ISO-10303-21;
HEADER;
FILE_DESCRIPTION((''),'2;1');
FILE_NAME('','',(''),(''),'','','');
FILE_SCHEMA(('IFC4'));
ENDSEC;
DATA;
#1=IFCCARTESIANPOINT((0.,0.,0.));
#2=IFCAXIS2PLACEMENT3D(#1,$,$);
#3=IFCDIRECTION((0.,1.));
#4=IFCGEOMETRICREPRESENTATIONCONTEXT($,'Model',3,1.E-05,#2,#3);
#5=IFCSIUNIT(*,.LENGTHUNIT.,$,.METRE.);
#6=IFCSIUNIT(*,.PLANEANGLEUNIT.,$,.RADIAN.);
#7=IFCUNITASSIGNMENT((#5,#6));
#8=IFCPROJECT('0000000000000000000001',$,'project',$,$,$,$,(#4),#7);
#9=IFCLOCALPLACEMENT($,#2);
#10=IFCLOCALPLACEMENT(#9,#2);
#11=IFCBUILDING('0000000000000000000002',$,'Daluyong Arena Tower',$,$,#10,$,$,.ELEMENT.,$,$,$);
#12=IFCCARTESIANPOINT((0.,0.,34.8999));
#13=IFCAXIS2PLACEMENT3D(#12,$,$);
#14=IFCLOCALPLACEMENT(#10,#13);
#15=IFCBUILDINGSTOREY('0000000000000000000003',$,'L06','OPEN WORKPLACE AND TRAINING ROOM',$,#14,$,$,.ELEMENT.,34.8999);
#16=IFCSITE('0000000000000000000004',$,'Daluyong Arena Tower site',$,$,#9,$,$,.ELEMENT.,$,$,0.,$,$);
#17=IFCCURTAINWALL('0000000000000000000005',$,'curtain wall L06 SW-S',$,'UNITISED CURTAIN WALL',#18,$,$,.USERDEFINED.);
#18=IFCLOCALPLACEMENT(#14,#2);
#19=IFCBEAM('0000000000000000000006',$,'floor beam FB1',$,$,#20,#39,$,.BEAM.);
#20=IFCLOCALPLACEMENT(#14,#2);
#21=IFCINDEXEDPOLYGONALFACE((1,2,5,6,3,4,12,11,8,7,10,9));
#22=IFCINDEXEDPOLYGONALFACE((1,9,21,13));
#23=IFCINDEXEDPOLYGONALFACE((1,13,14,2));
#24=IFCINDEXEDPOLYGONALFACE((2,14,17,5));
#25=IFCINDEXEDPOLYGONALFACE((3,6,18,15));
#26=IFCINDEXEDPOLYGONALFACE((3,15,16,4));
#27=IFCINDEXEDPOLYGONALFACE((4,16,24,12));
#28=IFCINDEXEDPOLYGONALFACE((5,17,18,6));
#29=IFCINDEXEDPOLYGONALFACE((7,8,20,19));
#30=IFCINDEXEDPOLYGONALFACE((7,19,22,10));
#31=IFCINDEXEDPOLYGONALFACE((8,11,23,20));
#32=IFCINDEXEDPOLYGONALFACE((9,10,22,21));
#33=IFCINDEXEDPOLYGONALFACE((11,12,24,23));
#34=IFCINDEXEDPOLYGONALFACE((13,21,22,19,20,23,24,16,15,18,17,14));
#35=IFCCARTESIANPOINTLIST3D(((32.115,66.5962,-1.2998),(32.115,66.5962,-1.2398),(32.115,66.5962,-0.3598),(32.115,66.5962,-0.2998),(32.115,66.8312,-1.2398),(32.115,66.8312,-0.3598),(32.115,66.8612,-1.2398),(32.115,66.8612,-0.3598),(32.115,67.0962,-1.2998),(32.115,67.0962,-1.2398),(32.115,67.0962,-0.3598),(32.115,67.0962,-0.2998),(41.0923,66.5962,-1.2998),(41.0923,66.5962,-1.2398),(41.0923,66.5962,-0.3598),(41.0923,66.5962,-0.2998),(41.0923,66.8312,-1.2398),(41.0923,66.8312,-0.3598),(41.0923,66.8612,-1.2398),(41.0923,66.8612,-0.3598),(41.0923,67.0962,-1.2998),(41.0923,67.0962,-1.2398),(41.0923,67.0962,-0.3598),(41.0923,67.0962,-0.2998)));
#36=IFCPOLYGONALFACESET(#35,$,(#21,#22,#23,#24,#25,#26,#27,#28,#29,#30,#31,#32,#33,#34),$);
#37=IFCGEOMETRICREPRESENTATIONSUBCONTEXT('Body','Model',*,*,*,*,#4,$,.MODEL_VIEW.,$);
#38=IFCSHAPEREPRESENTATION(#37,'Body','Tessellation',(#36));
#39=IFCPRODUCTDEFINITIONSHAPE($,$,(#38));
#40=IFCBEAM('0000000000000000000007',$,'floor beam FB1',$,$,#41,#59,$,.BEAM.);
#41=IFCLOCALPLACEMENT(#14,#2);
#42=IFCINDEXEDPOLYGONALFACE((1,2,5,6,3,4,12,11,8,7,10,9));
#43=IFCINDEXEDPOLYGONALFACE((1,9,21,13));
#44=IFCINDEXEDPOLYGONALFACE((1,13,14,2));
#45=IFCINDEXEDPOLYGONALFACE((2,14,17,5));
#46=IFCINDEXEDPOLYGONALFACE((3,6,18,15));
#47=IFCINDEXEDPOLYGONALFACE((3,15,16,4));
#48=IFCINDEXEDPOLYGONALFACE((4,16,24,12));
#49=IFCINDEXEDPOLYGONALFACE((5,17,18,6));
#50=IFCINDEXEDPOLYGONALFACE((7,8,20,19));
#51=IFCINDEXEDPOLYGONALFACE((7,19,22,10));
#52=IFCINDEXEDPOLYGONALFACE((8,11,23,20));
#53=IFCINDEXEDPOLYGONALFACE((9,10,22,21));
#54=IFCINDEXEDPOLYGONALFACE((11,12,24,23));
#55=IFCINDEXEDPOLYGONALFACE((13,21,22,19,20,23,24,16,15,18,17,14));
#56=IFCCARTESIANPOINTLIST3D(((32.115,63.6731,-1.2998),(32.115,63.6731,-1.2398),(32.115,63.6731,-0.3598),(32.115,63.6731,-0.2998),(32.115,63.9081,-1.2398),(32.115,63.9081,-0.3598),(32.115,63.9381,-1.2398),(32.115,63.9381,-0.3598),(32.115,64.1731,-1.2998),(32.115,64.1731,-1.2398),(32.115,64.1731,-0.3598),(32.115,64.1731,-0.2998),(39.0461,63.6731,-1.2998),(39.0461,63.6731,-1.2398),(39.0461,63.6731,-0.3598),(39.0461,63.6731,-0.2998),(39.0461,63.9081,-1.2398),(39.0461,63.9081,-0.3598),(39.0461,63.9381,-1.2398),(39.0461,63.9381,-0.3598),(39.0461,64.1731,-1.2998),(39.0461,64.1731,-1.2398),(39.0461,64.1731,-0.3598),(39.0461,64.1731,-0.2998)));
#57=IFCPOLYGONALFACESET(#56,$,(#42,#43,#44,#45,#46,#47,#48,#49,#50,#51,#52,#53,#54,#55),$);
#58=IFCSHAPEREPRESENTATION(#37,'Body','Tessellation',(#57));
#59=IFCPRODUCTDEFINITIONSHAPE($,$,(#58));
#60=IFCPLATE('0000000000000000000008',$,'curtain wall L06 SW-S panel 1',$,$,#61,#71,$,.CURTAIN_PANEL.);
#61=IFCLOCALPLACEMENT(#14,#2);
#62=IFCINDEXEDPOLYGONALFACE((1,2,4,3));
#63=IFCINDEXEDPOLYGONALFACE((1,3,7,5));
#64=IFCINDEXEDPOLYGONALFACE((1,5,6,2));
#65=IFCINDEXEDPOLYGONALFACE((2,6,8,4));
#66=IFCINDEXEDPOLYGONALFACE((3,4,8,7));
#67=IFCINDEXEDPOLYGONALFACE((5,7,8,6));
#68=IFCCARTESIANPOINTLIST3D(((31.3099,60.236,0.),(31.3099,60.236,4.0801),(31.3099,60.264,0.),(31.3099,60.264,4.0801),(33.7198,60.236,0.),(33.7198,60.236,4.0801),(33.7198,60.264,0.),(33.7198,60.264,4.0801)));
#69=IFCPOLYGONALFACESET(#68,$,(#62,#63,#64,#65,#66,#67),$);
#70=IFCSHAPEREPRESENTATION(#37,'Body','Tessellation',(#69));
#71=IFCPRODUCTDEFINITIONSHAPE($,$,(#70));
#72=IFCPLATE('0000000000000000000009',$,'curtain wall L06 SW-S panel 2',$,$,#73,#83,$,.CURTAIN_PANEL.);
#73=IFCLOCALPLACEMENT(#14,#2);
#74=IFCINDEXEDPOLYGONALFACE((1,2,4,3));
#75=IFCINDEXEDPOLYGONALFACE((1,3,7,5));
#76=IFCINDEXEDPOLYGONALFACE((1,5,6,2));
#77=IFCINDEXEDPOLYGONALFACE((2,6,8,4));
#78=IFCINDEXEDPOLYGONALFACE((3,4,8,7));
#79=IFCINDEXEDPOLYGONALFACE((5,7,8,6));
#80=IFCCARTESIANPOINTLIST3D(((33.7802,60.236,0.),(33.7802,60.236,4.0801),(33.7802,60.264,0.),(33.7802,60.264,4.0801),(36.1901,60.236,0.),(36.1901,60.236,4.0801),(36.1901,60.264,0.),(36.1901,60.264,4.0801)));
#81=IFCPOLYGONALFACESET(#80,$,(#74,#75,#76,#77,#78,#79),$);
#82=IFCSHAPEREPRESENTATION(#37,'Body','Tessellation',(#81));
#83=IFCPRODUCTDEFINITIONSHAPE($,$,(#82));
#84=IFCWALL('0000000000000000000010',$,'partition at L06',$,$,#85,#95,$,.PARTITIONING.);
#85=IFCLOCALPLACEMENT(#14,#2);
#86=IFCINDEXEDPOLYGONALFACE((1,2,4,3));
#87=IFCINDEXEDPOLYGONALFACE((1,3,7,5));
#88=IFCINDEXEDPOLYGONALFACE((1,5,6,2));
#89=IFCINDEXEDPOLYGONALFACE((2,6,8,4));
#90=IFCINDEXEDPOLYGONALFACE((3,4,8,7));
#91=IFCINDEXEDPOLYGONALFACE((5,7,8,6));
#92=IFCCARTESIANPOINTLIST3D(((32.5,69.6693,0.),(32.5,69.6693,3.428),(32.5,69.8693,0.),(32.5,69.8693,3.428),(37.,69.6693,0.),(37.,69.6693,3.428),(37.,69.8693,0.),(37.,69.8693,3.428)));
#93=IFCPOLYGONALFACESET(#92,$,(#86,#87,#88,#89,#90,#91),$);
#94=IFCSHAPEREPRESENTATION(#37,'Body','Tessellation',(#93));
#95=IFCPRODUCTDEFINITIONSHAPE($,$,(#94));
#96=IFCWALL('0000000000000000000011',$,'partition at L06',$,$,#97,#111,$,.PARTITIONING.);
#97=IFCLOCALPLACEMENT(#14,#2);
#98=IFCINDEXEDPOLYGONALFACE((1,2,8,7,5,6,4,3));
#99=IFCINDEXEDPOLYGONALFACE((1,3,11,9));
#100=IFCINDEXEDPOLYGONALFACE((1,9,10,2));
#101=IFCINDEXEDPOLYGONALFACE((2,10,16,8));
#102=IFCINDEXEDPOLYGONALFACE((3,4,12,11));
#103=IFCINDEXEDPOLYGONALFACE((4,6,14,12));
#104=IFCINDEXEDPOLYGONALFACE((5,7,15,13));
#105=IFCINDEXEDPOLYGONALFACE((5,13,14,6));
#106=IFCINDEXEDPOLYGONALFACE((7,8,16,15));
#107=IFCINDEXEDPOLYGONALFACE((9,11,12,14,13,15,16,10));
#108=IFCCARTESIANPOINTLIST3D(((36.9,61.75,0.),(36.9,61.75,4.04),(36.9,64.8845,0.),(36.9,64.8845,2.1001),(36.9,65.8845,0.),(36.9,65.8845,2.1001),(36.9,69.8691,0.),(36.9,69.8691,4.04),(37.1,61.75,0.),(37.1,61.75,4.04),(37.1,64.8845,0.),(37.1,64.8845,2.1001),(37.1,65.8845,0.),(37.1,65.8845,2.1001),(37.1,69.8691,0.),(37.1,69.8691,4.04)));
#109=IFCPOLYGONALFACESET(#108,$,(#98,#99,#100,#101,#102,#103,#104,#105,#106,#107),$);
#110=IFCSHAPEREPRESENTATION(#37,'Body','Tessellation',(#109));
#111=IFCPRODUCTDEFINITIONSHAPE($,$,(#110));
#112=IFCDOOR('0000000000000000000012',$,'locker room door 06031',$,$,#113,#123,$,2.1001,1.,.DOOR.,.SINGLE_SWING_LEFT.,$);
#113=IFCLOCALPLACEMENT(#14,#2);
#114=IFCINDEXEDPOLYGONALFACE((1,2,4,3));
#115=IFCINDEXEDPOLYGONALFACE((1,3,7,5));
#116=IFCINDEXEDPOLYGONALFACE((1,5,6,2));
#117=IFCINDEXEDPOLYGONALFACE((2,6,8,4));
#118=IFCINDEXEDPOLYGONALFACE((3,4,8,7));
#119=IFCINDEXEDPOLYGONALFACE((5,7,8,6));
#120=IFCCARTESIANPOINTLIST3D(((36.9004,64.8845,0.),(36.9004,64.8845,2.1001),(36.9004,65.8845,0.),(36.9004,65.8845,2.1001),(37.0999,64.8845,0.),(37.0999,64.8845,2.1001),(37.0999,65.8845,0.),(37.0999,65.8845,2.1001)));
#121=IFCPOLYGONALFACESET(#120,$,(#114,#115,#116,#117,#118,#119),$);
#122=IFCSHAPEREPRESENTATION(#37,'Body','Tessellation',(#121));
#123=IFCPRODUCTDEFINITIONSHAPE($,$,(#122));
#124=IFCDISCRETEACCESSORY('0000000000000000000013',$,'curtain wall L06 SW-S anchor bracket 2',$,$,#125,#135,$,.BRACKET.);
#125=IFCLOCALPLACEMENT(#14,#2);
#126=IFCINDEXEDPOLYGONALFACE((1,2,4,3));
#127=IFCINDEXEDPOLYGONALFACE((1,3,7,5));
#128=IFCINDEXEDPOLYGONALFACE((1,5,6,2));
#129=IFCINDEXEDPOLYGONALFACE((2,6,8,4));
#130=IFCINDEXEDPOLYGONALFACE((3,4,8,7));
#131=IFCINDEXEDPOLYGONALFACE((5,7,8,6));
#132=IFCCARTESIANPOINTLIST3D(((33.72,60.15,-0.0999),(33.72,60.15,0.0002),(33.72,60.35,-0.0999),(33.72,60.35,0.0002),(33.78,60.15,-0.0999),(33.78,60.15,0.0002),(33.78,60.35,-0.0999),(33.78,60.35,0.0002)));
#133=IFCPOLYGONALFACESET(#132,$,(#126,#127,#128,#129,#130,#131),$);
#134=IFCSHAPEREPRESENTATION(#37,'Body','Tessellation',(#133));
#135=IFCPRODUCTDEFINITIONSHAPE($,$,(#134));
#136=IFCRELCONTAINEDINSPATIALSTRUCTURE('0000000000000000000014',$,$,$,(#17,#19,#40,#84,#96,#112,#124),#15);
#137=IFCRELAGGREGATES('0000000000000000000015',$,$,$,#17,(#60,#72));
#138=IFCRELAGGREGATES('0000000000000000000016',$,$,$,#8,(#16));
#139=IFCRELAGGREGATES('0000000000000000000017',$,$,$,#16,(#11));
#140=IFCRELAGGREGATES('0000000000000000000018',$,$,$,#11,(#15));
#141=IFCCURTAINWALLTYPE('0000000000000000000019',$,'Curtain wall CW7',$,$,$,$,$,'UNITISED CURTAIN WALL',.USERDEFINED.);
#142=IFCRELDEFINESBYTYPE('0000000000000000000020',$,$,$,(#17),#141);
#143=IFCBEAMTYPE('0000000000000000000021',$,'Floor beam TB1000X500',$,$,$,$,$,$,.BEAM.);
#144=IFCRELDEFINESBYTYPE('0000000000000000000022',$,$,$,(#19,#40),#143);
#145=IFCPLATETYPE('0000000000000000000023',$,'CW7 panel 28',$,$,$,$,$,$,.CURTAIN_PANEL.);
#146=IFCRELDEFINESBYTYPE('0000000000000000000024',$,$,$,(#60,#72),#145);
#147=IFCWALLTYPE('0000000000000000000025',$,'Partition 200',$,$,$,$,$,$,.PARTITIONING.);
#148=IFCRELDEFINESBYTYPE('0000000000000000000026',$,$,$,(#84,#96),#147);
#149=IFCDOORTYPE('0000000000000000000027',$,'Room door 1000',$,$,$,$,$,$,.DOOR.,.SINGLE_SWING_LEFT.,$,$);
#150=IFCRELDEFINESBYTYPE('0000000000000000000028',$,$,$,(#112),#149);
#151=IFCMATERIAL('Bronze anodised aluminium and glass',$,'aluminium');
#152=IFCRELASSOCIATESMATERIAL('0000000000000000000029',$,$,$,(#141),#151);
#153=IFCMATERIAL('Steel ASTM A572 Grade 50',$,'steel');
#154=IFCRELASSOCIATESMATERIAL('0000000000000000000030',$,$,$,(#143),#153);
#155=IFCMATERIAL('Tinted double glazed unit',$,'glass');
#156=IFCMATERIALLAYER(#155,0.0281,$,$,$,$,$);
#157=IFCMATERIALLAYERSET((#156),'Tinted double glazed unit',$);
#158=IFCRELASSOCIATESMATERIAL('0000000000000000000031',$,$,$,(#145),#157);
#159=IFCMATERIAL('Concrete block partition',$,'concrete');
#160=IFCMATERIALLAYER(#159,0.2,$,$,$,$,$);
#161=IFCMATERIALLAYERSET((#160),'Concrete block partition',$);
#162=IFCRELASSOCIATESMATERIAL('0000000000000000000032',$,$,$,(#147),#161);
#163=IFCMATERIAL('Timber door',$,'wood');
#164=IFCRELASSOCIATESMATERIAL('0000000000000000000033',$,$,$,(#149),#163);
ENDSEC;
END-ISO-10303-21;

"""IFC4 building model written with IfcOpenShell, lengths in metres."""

from ifc_helpers import new_model, si_unit, direction, frame, frame_2d, origin, origin_2d, place, context, subcontext, project, spatial, rectangle, i_section, extrude, material, layer, layer_set, material_profile, profile_set, type_object, element, fill, aggregate, save


model = new_model("IFC4")

# Units and contexts
model_context = context("Model", 3, precision=1e-05, world=origin(), true_north=direction((0.0, 1.0)))
body_context = subcontext(model_context, "Body", "Model", "MODEL_VIEW")
ifc_project = project(units=[si_unit("LENGTHUNIT", "METRE"), si_unit("PLANEANGLEUNIT", "RADIAN")], contexts=[model_context])

# Site, building, storey
site_placement = place(None, origin())
site = spatial("IfcSite", under=ifc_project, at=site_placement, Name="Daluyong Arena Tower site", CompositionType="ELEMENT", RefElevation=0.0)
building_placement = place(site_placement, origin())
building = spatial("IfcBuilding", under=site, at=building_placement, Name="Daluyong Arena Tower", CompositionType="ELEMENT")
storey_placement = place(building_placement, frame((0.0, 0.0, 34.8999)))
storey = spatial("IfcBuildingStorey", under=building, at=storey_placement, Name="L06", Description="OPEN WORKPLACE AND TRAINING ROOM", CompositionType="ELEMENT", Elevation=34.8999)

# Curtain wall
ifc_material_1 = material(Name="Bronze anodised aluminium and glass", Category="aluminium")
curtain_wall_type = type_object("IfcCurtainWallType", Name="Curtain wall CW7", ElementType="UNITISED CURTAIN WALL", PredefinedType="USERDEFINED", material=ifc_material_1)
curtain_wall_1_placement = place(storey_placement, origin())
curtain_wall_1 = element("IfcCurtainWall", 1, at=curtain_wall_1_placement, inside=storey, type_object=curtain_wall_type, Name="curtain wall L06 SW-S", ObjectType="UNITISED CURTAIN WALL", PredefinedType="USERDEFINED")

# Beams
ifc_material_2 = material(Name="Steel ASTM A572 Grade 50", Category="steel")
ifc_material_profile_1 = material_profile(ifc_material_2, i_section(OverallWidth=0.5, OverallDepth=1.0, WebThickness=0.03, FlangeThickness=0.06, at=origin_2d()))
ifc_profile_set_1 = profile_set([ifc_material_profile_1], Name="Steel ASTM A572 Grade 50")
beam_type = type_object("IfcBeamType", Name="Floor beam TB1000X500", PredefinedType="BEAM", material=ifc_profile_set_1)
beam_1_placement = place(storey_placement, frame((32.115, 66.8462, -0.7998), z_axis=(1.0, 0.0, 0.0), x_axis=(0.0, 1.0, 0.0)))
element("IfcBeam", 2, at=beam_1_placement, inside=storey, type_object=beam_type, Name="floor beam FB1", PredefinedType="BEAM", context=body_context, shape_type="SweptSolid", body=[
    extrude(i_section(OverallWidth=0.5, OverallDepth=1.0, WebThickness=0.03, FlangeThickness=0.06, at=origin_2d()), origin(), (0.0, 0.0, 1.0), 8.9773),
])
beam_2_placement = place(storey_placement, frame((32.115, 63.9231, -0.7998), z_axis=(1.0, 0.0, 0.0), x_axis=(0.0, 1.0, 0.0)))
element("IfcBeam", 3, at=beam_2_placement, inside=storey, type_object=beam_type, Name="floor beam FB1", PredefinedType="BEAM", context=body_context, shape_type="SweptSolid", body=[
    extrude(i_section(OverallWidth=0.5, OverallDepth=1.0, WebThickness=0.03, FlangeThickness=0.06, at=origin_2d()), origin(), (0.0, 0.0, 1.0), 6.9312),
])

# Plates
ifc_material_3 = material(Name="Tinted double glazed unit", Category="glass")
ifc_layer_1 = layer(ifc_material_3, 0.0281)
ifc_layer_set_1 = layer_set([ifc_layer_1], Name="Tinted double glazed unit")
plate_type = type_object("IfcPlateType", Name="CW7 panel 28", PredefinedType="CURTAIN_PANEL", material=ifc_layer_set_1)
plate_1_placement = place(storey_placement, frame((32.5149, 60.25, 0.0), z_axis=(0.0, 0.0, 1.0), x_axis=(1.0, 0.0, 0.0)))
plate_1 = element("IfcPlate", 4, at=plate_1_placement, type_object=plate_type, Name="curtain wall L06 SW-S panel 1", PredefinedType="CURTAIN_PANEL", context=body_context, shape_type="SweptSolid", body=[
    extrude(rectangle(XDim=2.4099, YDim=0.0281, at=origin_2d()), origin(), (0.0, 0.0, 1.0), 4.0801),
])
plate_2_placement = place(storey_placement, frame((34.9851, 60.25, 0.0), z_axis=(0.0, 0.0, 1.0), x_axis=(1.0, 0.0, 0.0)))
plate_2 = element("IfcPlate", 5, at=plate_2_placement, type_object=plate_type, Name="curtain wall L06 SW-S panel 2", PredefinedType="CURTAIN_PANEL", context=body_context, shape_type="SweptSolid", body=[
    extrude(rectangle(XDim=2.4099, YDim=0.0281, at=origin_2d()), origin(), (0.0, 0.0, 1.0), 4.0801),
])
aggregate(curtain_wall_1, [plate_1, plate_2])

# Wall
ifc_material_4 = material(Name="Concrete block partition", Category="concrete")
ifc_layer_2 = layer(ifc_material_4, 0.2)
ifc_layer_set_2 = layer_set([ifc_layer_2], Name="Concrete block partition")
wall_type = type_object("IfcWallType", Name="Partition 200", PredefinedType="PARTITIONING", material=ifc_layer_set_2)
wall_1_placement = place(storey_placement, frame((32.5, 69.7693, 0.0), z_axis=(0.0, 0.0, 1.0), x_axis=(1.0, 0.0, 0.0)))
element("IfcWall", 6, at=wall_1_placement, inside=storey, type_object=wall_type, Name="partition at L06", PredefinedType="PARTITIONING", context=body_context, shape_type="SweptSolid", body=[
    extrude(rectangle(XDim=4.5, YDim=0.2, at=frame_2d((2.25, 0.0))), origin(), (0.0, 0.0, 1.0), 3.428),
])

# Wall, opening, door
wall_2_placement = place(storey_placement, frame((37.0, 61.75, 0.0), z_axis=(0.0, 0.0, 1.0), x_axis=(0.0, 1.0, 0.0)))
wall_2 = element("IfcWall", 7, at=wall_2_placement, inside=storey, type_object=wall_type, Name="partition at L06", PredefinedType="PARTITIONING", context=body_context, shape_type="SweptSolid", body=[
    extrude(rectangle(XDim=8.1191, YDim=0.2, at=frame_2d((4.0596, 0.0))), origin(), (0.0, 0.0, 1.0), 4.04),
])
opening_placement = place(wall_2_placement, frame((3.1345, 0.0, 0.0)))
opening = element("IfcOpeningElement", 8, at=opening_placement, cuts=wall_2, PredefinedType="OPENING", context=body_context, shape_type="SweptSolid", body=[
    extrude(rectangle(XDim=1.0, YDim=2.1001, at=frame_2d((0.5, 1.05))), frame((0.0, 0.1099, 0.0), z_axis=(0.0, -1.0, 0.0), x_axis=(1.0, 0.0, 0.0)), (0.0, 0.0, 1.0), 0.22),
])
ifc_material_5 = material(Name="Timber door", Category="wood")
door_type = type_object("IfcDoorType", Name="Room door 1000", OperationType="SINGLE_SWING_LEFT", PredefinedType="DOOR", material=ifc_material_5)
door_placement = place(opening_placement, origin())
door = element("IfcDoor", 9, at=door_placement, inside=storey, type_object=door_type, Name="locker room door 06031", OperationType="SINGLE_SWING_LEFT", OverallHeight=2.1001, OverallWidth=1.0, PredefinedType="DOOR", context=body_context, shape_type="SweptSolid", body=[
    extrude(rectangle(XDim=1.0, YDim=2.1001, at=frame_2d((0.5, 1.05))), frame((0.0, 0.0996, 0.0), z_axis=(0.0, -1.0, 0.0), x_axis=(1.0, 0.0, 0.0)), (0.0, 0.0, 1.0), 0.1995),
])
fill(opening, door)

# Discrete accessory
discrete_accessory_placement = place(storey_placement, frame((33.75, 60.25, -0.0999), z_axis=(0.0, 0.0, 1.0), x_axis=(1.0, 0.0, 0.0)))
element("IfcDiscreteAccessory", 10, at=discrete_accessory_placement, inside=storey, Name="curtain wall L06 SW-S anchor bracket 2", PredefinedType="BRACKET", context=body_context, shape_type="SweptSolid", body=[
    extrude(rectangle(XDim=0.0601, YDim=0.2, at=origin_2d()), origin(), (0.0, 0.0, 1.0), 0.1001),
])

save(model, "model.ifc")
